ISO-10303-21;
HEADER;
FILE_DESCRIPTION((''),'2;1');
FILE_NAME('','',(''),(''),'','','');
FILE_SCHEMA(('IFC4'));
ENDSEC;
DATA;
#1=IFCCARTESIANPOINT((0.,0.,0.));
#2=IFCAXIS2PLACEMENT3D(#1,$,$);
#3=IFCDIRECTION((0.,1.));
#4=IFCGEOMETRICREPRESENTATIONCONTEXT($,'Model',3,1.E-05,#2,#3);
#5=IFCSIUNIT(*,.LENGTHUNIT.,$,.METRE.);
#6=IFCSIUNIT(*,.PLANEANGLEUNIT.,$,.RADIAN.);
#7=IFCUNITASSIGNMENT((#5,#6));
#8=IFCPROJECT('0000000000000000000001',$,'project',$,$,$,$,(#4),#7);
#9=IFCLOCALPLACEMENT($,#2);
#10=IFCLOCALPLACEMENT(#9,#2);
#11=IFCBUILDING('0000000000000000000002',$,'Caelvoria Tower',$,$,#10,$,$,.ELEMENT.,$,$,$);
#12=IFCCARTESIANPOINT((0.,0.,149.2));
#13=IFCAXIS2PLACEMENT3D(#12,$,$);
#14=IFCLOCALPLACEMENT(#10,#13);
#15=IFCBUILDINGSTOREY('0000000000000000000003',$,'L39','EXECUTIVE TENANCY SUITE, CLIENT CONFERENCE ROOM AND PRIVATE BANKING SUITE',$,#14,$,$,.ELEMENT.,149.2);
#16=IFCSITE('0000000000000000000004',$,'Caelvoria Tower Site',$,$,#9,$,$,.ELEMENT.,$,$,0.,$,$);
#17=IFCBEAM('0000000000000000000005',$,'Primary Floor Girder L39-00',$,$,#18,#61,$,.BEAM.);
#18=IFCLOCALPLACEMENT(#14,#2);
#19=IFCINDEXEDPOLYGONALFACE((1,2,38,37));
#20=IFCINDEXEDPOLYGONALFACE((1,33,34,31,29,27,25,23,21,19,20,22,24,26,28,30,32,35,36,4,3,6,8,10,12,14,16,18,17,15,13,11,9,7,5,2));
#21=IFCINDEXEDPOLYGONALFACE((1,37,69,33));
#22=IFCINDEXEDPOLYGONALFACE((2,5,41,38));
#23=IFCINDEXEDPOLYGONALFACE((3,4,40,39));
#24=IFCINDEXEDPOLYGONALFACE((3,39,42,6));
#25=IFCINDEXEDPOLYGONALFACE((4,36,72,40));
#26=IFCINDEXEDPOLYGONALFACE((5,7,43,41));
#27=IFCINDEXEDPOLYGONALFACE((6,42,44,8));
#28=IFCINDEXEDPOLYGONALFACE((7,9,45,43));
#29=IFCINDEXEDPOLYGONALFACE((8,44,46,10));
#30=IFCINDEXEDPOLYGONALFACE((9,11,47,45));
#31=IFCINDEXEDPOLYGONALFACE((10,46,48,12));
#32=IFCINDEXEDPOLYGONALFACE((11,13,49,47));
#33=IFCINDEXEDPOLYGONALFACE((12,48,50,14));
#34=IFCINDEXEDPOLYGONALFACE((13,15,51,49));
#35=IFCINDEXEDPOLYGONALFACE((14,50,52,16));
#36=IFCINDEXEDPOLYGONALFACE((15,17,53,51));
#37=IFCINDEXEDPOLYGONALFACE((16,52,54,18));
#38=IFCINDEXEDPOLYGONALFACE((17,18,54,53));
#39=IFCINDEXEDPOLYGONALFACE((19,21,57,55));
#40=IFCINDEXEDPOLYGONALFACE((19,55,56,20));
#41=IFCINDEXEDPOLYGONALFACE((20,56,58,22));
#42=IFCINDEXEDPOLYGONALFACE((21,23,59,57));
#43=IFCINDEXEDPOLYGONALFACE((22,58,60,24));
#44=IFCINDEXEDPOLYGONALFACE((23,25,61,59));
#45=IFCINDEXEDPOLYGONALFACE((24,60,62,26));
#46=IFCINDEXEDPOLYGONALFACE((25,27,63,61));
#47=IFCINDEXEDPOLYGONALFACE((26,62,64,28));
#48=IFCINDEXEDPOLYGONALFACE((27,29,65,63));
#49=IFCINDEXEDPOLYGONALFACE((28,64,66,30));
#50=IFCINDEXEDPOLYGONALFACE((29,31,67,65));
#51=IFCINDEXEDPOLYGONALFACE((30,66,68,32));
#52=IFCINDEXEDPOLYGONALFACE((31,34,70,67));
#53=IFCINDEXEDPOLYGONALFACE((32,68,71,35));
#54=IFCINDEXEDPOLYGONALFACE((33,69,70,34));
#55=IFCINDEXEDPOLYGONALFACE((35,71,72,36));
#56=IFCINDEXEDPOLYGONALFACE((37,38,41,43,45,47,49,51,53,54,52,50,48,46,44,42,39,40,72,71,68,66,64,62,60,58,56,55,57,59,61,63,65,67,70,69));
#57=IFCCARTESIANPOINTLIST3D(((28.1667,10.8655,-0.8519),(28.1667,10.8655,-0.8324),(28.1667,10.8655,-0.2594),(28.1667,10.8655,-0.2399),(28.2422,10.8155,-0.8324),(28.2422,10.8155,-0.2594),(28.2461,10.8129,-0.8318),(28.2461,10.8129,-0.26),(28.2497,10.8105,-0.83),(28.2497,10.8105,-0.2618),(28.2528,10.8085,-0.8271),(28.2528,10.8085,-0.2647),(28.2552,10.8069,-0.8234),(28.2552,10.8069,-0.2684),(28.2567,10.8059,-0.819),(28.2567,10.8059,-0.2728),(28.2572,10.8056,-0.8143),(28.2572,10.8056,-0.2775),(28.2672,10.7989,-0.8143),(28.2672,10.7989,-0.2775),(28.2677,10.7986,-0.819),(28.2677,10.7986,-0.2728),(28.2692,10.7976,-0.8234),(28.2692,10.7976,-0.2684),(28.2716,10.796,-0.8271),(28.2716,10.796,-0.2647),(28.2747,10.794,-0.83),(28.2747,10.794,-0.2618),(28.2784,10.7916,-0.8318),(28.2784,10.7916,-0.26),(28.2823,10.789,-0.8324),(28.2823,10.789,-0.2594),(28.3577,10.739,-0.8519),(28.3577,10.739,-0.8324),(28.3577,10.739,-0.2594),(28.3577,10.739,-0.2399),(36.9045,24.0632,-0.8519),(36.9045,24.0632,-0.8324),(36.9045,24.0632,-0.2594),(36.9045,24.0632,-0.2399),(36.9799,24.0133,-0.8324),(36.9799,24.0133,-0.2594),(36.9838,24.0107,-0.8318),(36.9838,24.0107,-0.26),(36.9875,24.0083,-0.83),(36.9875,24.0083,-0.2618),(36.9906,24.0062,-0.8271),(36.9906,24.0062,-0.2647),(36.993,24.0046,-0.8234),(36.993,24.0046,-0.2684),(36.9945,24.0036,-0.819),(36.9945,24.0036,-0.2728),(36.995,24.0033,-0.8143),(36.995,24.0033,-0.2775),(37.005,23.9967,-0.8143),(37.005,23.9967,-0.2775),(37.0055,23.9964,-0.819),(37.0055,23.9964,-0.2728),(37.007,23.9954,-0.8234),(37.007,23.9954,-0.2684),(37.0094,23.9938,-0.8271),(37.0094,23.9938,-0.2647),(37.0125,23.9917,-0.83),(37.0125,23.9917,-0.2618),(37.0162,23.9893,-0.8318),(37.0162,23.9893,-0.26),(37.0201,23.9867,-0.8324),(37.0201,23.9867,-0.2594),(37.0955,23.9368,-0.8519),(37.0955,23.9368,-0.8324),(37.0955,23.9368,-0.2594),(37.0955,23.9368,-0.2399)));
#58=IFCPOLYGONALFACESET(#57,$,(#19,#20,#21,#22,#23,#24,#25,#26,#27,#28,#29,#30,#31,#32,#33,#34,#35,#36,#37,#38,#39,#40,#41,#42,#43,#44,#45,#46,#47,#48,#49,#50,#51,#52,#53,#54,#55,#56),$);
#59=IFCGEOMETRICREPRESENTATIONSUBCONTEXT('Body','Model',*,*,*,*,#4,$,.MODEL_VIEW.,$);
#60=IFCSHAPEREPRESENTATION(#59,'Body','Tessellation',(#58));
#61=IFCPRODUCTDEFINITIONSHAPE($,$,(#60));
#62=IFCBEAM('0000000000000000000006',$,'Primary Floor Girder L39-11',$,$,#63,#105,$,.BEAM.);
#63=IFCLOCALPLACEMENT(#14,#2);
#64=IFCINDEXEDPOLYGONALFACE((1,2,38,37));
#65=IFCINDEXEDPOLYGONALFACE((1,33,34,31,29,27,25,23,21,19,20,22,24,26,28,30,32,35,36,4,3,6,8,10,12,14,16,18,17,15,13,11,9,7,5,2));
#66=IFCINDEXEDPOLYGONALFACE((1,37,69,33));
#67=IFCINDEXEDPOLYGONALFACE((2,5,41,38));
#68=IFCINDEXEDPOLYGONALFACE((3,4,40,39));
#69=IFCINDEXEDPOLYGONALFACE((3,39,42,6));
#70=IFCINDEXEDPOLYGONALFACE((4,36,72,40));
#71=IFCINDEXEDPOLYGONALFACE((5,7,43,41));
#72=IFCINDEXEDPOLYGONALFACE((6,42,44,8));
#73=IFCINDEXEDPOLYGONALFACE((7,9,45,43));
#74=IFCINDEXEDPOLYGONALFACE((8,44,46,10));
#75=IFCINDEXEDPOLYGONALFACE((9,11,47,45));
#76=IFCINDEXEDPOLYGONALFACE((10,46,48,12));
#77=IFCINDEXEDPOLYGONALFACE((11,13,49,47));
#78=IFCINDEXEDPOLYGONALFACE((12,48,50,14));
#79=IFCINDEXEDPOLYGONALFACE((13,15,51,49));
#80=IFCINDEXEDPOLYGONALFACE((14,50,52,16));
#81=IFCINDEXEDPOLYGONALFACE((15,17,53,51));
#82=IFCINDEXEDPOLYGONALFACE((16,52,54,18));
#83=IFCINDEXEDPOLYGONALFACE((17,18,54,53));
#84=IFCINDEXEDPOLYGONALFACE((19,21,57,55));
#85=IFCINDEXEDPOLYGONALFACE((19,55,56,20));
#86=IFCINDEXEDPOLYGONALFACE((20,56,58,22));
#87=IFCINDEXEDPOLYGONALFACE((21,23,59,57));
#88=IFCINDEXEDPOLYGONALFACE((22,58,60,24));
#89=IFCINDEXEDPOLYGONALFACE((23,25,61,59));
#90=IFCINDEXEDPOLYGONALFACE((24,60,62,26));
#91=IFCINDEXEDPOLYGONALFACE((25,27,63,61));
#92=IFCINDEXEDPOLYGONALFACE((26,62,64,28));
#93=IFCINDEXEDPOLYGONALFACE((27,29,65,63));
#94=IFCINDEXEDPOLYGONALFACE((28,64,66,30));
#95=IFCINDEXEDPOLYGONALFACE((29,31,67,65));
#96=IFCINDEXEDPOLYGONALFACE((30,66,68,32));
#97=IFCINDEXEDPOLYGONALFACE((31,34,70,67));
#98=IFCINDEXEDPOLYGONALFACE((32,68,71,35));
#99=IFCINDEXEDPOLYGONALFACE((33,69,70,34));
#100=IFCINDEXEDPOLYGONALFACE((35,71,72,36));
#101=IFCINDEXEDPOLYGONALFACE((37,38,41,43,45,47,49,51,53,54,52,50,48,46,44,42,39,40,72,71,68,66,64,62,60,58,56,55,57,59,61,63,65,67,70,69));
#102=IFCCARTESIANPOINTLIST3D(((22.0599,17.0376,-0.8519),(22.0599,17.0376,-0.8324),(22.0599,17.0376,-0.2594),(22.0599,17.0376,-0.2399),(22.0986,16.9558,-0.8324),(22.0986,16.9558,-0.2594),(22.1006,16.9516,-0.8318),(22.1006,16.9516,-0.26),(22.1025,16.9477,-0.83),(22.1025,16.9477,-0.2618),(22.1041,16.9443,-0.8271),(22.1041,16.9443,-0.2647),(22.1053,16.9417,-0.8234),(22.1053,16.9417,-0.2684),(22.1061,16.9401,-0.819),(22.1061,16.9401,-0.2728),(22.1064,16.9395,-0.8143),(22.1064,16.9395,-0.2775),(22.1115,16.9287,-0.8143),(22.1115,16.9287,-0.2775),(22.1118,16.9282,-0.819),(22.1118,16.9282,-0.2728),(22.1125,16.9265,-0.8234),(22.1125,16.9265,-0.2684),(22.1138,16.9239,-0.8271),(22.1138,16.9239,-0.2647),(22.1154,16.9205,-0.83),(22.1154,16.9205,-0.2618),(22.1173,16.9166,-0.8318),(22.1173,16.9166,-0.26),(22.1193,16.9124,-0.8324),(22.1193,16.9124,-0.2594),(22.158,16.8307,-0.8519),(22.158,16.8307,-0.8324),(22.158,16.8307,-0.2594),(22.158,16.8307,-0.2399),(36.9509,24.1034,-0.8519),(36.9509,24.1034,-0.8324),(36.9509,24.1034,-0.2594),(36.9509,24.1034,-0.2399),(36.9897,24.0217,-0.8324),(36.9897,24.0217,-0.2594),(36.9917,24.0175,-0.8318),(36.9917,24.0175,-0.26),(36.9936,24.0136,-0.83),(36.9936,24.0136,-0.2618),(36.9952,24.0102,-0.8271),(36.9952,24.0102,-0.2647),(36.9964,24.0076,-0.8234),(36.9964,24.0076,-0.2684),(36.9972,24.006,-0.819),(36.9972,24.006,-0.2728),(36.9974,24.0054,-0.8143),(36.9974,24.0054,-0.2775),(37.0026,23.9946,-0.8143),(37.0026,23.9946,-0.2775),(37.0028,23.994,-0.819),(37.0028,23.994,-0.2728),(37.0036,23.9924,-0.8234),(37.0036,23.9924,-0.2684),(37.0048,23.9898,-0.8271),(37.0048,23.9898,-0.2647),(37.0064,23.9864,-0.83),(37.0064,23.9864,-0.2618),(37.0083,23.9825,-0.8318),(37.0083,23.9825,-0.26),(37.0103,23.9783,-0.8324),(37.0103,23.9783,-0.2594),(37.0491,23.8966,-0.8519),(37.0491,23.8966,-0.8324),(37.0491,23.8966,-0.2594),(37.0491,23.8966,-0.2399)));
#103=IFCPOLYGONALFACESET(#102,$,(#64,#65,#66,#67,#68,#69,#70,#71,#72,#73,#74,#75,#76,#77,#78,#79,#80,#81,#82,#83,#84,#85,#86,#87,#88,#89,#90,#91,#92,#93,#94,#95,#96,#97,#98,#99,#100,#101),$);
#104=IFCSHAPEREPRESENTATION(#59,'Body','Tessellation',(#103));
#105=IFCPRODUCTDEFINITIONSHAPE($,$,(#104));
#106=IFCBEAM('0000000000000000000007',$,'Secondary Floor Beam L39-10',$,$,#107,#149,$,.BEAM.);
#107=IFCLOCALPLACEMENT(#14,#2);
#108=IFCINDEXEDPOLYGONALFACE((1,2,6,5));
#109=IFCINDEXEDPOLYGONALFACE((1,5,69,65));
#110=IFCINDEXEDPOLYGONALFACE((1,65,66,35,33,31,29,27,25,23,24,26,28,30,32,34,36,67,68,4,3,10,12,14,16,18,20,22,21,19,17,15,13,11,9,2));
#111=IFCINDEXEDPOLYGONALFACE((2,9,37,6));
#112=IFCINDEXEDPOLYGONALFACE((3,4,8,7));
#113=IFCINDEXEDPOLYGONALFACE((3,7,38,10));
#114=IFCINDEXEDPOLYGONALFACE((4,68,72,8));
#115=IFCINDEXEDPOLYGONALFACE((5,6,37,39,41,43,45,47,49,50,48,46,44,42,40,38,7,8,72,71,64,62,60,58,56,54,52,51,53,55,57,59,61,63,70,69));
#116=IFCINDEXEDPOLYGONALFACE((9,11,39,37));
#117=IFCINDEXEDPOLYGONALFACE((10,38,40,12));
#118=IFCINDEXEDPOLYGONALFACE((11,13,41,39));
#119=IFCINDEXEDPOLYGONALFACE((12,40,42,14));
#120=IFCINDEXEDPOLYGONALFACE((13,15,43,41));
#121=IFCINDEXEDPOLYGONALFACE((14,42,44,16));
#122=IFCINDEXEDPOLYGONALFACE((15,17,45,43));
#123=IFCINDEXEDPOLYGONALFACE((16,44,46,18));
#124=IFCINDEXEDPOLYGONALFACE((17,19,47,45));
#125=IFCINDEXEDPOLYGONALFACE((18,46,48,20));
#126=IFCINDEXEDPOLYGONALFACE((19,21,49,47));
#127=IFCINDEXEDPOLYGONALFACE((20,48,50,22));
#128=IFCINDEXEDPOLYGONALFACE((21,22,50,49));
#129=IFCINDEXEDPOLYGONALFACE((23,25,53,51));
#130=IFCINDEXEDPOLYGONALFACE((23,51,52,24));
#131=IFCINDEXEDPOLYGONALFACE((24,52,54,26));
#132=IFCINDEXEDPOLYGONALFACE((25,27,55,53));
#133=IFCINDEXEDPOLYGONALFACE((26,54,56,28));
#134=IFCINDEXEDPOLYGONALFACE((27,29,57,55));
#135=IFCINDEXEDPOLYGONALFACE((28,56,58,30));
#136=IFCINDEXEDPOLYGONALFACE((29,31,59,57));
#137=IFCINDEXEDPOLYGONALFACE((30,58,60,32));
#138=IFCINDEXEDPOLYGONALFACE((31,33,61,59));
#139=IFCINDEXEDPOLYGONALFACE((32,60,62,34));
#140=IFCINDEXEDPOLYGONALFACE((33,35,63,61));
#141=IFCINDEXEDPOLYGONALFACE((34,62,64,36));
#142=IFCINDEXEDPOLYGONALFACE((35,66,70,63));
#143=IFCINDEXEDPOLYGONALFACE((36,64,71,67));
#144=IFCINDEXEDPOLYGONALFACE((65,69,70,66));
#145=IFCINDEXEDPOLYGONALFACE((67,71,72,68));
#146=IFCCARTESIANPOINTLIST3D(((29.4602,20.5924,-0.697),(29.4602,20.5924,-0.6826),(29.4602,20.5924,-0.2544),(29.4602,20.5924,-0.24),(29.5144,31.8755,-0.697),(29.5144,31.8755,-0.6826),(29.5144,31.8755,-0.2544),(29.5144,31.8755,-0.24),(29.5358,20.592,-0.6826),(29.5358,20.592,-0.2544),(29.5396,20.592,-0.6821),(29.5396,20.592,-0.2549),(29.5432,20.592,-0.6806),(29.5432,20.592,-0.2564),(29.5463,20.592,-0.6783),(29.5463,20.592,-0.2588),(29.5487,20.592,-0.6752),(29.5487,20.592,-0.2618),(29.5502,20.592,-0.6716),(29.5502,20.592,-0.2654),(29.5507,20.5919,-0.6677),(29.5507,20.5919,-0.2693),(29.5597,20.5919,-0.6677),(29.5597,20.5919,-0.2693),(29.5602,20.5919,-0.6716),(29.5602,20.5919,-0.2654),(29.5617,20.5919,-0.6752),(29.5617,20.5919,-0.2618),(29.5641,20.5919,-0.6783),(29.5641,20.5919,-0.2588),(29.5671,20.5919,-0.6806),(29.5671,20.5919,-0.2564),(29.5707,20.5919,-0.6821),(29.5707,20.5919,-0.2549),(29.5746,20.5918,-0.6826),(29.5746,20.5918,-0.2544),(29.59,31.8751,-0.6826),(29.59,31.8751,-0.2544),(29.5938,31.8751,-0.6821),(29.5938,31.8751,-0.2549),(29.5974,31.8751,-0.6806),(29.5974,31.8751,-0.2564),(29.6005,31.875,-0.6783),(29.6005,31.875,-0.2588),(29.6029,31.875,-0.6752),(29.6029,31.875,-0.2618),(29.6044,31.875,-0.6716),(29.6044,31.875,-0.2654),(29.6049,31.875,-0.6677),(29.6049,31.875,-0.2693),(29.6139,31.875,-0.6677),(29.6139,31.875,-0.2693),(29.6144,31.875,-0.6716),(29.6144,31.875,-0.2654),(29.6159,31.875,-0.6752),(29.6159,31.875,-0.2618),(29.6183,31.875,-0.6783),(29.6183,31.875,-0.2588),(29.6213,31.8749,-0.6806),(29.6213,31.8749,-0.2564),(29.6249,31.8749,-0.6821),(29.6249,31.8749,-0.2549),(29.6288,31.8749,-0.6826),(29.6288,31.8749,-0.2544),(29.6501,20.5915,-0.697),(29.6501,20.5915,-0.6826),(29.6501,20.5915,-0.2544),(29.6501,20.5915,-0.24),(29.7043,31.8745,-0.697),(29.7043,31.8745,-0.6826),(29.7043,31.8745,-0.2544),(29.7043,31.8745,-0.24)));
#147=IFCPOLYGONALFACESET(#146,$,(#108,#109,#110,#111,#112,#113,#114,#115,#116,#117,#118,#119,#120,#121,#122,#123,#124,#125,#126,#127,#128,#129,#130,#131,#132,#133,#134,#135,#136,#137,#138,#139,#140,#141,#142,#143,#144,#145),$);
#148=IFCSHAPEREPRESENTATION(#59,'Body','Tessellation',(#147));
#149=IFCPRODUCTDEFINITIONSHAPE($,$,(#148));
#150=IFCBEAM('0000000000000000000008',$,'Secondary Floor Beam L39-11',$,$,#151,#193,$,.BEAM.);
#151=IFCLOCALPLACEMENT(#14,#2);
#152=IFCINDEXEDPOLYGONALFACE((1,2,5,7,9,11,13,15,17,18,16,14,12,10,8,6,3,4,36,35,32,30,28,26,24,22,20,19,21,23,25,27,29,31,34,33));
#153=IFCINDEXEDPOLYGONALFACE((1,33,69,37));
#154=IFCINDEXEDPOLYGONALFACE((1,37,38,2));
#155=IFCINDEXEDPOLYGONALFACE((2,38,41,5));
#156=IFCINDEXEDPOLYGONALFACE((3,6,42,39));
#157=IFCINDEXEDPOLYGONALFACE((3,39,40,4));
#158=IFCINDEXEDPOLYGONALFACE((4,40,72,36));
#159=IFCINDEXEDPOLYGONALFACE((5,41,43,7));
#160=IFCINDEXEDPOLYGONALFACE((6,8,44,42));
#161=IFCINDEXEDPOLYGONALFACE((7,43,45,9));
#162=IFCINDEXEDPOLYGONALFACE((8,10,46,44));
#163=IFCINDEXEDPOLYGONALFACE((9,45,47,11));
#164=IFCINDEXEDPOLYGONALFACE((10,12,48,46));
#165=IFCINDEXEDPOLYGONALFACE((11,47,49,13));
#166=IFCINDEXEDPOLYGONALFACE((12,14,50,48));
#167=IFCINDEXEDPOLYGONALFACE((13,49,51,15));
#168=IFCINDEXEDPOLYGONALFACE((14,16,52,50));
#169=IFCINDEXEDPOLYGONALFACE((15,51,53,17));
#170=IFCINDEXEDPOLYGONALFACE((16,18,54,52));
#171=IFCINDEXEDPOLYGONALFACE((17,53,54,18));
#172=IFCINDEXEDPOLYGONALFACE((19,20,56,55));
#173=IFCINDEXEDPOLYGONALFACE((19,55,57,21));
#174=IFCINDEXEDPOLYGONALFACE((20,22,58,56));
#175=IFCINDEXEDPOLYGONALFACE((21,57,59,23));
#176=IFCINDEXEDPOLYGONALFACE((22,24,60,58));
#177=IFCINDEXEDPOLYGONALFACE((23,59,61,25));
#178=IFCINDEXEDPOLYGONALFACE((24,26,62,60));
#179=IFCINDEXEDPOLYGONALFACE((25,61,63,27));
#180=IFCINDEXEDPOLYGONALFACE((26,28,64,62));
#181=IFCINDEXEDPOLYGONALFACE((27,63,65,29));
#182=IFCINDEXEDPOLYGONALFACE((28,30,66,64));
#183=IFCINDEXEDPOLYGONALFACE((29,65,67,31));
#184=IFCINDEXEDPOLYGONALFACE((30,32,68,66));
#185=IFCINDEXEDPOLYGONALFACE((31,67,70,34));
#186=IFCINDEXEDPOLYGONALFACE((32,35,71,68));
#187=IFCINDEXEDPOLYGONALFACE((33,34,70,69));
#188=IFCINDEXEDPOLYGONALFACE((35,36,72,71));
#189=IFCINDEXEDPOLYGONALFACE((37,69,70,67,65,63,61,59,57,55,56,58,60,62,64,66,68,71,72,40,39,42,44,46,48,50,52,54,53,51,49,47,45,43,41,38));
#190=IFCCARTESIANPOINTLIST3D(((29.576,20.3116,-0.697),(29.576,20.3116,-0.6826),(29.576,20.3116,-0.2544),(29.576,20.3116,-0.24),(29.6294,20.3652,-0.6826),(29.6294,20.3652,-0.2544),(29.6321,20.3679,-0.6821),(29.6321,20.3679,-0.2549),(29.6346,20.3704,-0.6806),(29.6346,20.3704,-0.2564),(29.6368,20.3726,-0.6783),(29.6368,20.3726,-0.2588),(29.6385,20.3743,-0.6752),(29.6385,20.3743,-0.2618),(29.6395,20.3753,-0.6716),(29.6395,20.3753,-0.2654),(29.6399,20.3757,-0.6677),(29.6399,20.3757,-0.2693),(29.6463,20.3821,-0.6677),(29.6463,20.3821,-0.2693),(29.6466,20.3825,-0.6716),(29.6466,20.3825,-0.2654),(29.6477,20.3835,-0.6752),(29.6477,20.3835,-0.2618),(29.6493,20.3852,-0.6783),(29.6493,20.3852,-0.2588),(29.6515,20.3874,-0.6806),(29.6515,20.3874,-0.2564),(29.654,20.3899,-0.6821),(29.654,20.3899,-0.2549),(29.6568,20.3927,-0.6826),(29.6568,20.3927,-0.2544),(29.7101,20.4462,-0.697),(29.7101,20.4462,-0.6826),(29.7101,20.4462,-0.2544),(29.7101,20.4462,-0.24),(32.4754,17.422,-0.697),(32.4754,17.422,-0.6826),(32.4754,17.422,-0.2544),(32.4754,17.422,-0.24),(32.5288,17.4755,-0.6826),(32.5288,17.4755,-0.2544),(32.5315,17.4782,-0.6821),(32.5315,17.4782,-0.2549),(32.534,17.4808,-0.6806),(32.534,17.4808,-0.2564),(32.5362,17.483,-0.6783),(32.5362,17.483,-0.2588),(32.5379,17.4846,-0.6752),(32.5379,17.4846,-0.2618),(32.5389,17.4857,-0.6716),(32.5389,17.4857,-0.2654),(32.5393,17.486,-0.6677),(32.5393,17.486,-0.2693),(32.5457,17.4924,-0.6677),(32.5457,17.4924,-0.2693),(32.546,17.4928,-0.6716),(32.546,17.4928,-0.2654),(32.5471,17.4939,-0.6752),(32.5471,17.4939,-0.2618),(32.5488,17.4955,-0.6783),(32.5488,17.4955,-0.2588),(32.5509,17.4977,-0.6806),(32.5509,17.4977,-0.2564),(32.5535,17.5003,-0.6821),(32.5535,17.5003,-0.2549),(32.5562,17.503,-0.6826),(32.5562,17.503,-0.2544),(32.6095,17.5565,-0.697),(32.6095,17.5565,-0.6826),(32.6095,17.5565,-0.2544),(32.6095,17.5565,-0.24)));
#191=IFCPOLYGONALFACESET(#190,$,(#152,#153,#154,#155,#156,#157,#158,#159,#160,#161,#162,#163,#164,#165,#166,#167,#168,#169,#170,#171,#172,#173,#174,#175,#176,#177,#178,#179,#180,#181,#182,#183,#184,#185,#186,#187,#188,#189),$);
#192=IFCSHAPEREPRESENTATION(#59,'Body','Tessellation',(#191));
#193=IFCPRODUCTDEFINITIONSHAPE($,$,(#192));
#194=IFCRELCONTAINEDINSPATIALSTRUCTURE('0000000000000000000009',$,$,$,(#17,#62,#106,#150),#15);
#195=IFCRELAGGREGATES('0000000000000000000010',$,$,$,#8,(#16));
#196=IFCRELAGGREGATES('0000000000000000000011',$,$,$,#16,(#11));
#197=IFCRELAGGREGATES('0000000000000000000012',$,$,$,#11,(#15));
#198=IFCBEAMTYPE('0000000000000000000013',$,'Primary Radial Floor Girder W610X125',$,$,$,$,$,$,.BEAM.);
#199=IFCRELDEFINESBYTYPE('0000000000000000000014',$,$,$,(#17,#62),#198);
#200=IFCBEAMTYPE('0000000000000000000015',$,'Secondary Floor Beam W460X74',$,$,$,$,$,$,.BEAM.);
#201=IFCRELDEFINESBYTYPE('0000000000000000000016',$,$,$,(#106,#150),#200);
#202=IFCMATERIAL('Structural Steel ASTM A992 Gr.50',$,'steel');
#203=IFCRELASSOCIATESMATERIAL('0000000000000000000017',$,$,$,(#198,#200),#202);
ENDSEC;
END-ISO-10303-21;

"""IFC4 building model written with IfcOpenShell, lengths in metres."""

from ifc_helpers import new_model, si_unit, direction, frame, origin, origin_2d, place, context, subcontext, project, spatial, i_section, extrude, material, material_profile, profile_set, type_object, element, save


model = new_model("IFC4")

# Units and contexts
model_context = context("Model", 3, precision=1e-05, world=origin(), true_north=direction((0.0, 1.0)))
body_context = subcontext(model_context, "Body", "Model", "MODEL_VIEW")
ifc_project = project(units=[si_unit("LENGTHUNIT", "METRE"), si_unit("PLANEANGLEUNIT", "RADIAN")], contexts=[model_context])

# Site, building, storey
site_placement = place(None, origin())
site = spatial("IfcSite", under=ifc_project, at=site_placement, Name="Caelvoria Tower Site", CompositionType="ELEMENT", RefElevation=0.0)
building_placement = place(site_placement, origin())
building = spatial("IfcBuilding", under=site, at=building_placement, Name="Caelvoria Tower", CompositionType="ELEMENT")
storey_placement = place(building_placement, frame((0.0, 0.0, 149.2)))
storey = spatial("IfcBuildingStorey", under=building, at=storey_placement, Name="L39", Description="EXECUTIVE TENANCY SUITE, CLIENT CONFERENCE ROOM AND PRIVATE BANKING SUITE", CompositionType="ELEMENT", Elevation=149.2)

# Beams
ifc_material_1 = material(Name="Structural Steel ASTM A992 Gr.50", Category="steel")
ifc_material_profile_1 = material_profile(ifc_material_1, i_section(OverallWidth=0.229, OverallDepth=0.6121, WebThickness=0.012, FlangeThickness=0.0195, FilletRadius=0.0181, at=origin_2d()), Name="Structural Steel ASTM A992 Gr.50")
ifc_profile_set_1 = profile_set([ifc_material_profile_1], Name="W610X125 - Structural Steel ASTM A992 Gr.50")
beam_type_1 = type_object("IfcBeamType", Name="Primary Radial Floor Girder W610X125", PredefinedType="BEAM", material=ifc_profile_set_1)
beam_1_placement = place(storey_placement, frame((37.0, 24.0, -0.5459), z_axis=(-0.552042, -0.833816, 0.0), x_axis=(0.833816, -0.552042, 0.0)))
element("IfcBeam", 1, at=beam_1_placement, inside=storey, type_object=beam_type_1, Name="Primary Floor Girder L39-00", PredefinedType="BEAM", context=body_context, shape_type="SweptSolid", body=[
    extrude(i_section(OverallWidth=0.229, OverallDepth=0.6121, WebThickness=0.012, FlangeThickness=0.0195, FilletRadius=0.0181, at=origin_2d()), origin(), (0.0, 0.0, 1.0), 15.8281),
])
beam_2_placement = place(storey_placement, frame((37.0, 24.0, -0.5459), z_axis=(-0.903451, -0.428692, 0.0), x_axis=(0.428692, -0.903451, 0.0)))
element("IfcBeam", 2, at=beam_2_placement, inside=storey, type_object=beam_type_1, Name="Primary Floor Girder L39-11", PredefinedType="BEAM", context=body_context, shape_type="SweptSolid", body=[
    extrude(i_section(OverallWidth=0.229, OverallDepth=0.6121, WebThickness=0.012, FlangeThickness=0.0195, FilletRadius=0.0181, at=origin_2d()), origin(), (0.0, 0.0, 1.0), 16.4824),
])
ifc_material_profile_2 = material_profile(ifc_material_1, i_section(OverallWidth=0.1899, OverallDepth=0.457, WebThickness=0.009, FlangeThickness=0.0144, FilletRadius=0.0149, at=origin_2d()), Name="Structural Steel ASTM A992 Gr.50")
ifc_profile_set_2 = profile_set([ifc_material_profile_2], Name="W460X74 - Structural Steel ASTM A992 Gr.50")
beam_type_2 = type_object("IfcBeamType", Name="Secondary Floor Beam W460X74", PredefinedType="BEAM", material=ifc_profile_set_2)
beam_3_placement = place(storey_placement, frame((29.6094, 31.875, -0.4685), z_axis=(-0.004804, -0.999988, 0.0), x_axis=(0.999988, -0.004804, 0.0)))
element("IfcBeam", 3, at=beam_3_placement, inside=storey, type_object=beam_type_2, Name="Secondary Floor Beam L39-10", PredefinedType="BEAM", context=body_context, shape_type="SweptSolid", body=[
    extrude(i_section(OverallWidth=0.1899, OverallDepth=0.457, WebThickness=0.009, FlangeThickness=0.0144, FilletRadius=0.0149, at=origin_2d()), origin(), (0.0, 0.0, 1.0), 11.2832),
])
beam_4_placement = place(storey_placement, frame((29.6431, 20.3789, -0.4685), z_axis=(0.708299, -0.705913, 0.0), x_axis=(0.705913, 0.708299, 0.0)))
element("IfcBeam", 4, at=beam_4_placement, inside=storey, type_object=beam_type_2, Name="Secondary Floor Beam L39-11", PredefinedType="BEAM", context=body_context, shape_type="SweptSolid", body=[
    extrude(i_section(OverallWidth=0.1899, OverallDepth=0.457, WebThickness=0.009, FlangeThickness=0.0144, FilletRadius=0.0149, at=origin_2d()), origin(), (0.0, 0.0, 1.0), 4.0935),
])

save(model, "model.ifc")
